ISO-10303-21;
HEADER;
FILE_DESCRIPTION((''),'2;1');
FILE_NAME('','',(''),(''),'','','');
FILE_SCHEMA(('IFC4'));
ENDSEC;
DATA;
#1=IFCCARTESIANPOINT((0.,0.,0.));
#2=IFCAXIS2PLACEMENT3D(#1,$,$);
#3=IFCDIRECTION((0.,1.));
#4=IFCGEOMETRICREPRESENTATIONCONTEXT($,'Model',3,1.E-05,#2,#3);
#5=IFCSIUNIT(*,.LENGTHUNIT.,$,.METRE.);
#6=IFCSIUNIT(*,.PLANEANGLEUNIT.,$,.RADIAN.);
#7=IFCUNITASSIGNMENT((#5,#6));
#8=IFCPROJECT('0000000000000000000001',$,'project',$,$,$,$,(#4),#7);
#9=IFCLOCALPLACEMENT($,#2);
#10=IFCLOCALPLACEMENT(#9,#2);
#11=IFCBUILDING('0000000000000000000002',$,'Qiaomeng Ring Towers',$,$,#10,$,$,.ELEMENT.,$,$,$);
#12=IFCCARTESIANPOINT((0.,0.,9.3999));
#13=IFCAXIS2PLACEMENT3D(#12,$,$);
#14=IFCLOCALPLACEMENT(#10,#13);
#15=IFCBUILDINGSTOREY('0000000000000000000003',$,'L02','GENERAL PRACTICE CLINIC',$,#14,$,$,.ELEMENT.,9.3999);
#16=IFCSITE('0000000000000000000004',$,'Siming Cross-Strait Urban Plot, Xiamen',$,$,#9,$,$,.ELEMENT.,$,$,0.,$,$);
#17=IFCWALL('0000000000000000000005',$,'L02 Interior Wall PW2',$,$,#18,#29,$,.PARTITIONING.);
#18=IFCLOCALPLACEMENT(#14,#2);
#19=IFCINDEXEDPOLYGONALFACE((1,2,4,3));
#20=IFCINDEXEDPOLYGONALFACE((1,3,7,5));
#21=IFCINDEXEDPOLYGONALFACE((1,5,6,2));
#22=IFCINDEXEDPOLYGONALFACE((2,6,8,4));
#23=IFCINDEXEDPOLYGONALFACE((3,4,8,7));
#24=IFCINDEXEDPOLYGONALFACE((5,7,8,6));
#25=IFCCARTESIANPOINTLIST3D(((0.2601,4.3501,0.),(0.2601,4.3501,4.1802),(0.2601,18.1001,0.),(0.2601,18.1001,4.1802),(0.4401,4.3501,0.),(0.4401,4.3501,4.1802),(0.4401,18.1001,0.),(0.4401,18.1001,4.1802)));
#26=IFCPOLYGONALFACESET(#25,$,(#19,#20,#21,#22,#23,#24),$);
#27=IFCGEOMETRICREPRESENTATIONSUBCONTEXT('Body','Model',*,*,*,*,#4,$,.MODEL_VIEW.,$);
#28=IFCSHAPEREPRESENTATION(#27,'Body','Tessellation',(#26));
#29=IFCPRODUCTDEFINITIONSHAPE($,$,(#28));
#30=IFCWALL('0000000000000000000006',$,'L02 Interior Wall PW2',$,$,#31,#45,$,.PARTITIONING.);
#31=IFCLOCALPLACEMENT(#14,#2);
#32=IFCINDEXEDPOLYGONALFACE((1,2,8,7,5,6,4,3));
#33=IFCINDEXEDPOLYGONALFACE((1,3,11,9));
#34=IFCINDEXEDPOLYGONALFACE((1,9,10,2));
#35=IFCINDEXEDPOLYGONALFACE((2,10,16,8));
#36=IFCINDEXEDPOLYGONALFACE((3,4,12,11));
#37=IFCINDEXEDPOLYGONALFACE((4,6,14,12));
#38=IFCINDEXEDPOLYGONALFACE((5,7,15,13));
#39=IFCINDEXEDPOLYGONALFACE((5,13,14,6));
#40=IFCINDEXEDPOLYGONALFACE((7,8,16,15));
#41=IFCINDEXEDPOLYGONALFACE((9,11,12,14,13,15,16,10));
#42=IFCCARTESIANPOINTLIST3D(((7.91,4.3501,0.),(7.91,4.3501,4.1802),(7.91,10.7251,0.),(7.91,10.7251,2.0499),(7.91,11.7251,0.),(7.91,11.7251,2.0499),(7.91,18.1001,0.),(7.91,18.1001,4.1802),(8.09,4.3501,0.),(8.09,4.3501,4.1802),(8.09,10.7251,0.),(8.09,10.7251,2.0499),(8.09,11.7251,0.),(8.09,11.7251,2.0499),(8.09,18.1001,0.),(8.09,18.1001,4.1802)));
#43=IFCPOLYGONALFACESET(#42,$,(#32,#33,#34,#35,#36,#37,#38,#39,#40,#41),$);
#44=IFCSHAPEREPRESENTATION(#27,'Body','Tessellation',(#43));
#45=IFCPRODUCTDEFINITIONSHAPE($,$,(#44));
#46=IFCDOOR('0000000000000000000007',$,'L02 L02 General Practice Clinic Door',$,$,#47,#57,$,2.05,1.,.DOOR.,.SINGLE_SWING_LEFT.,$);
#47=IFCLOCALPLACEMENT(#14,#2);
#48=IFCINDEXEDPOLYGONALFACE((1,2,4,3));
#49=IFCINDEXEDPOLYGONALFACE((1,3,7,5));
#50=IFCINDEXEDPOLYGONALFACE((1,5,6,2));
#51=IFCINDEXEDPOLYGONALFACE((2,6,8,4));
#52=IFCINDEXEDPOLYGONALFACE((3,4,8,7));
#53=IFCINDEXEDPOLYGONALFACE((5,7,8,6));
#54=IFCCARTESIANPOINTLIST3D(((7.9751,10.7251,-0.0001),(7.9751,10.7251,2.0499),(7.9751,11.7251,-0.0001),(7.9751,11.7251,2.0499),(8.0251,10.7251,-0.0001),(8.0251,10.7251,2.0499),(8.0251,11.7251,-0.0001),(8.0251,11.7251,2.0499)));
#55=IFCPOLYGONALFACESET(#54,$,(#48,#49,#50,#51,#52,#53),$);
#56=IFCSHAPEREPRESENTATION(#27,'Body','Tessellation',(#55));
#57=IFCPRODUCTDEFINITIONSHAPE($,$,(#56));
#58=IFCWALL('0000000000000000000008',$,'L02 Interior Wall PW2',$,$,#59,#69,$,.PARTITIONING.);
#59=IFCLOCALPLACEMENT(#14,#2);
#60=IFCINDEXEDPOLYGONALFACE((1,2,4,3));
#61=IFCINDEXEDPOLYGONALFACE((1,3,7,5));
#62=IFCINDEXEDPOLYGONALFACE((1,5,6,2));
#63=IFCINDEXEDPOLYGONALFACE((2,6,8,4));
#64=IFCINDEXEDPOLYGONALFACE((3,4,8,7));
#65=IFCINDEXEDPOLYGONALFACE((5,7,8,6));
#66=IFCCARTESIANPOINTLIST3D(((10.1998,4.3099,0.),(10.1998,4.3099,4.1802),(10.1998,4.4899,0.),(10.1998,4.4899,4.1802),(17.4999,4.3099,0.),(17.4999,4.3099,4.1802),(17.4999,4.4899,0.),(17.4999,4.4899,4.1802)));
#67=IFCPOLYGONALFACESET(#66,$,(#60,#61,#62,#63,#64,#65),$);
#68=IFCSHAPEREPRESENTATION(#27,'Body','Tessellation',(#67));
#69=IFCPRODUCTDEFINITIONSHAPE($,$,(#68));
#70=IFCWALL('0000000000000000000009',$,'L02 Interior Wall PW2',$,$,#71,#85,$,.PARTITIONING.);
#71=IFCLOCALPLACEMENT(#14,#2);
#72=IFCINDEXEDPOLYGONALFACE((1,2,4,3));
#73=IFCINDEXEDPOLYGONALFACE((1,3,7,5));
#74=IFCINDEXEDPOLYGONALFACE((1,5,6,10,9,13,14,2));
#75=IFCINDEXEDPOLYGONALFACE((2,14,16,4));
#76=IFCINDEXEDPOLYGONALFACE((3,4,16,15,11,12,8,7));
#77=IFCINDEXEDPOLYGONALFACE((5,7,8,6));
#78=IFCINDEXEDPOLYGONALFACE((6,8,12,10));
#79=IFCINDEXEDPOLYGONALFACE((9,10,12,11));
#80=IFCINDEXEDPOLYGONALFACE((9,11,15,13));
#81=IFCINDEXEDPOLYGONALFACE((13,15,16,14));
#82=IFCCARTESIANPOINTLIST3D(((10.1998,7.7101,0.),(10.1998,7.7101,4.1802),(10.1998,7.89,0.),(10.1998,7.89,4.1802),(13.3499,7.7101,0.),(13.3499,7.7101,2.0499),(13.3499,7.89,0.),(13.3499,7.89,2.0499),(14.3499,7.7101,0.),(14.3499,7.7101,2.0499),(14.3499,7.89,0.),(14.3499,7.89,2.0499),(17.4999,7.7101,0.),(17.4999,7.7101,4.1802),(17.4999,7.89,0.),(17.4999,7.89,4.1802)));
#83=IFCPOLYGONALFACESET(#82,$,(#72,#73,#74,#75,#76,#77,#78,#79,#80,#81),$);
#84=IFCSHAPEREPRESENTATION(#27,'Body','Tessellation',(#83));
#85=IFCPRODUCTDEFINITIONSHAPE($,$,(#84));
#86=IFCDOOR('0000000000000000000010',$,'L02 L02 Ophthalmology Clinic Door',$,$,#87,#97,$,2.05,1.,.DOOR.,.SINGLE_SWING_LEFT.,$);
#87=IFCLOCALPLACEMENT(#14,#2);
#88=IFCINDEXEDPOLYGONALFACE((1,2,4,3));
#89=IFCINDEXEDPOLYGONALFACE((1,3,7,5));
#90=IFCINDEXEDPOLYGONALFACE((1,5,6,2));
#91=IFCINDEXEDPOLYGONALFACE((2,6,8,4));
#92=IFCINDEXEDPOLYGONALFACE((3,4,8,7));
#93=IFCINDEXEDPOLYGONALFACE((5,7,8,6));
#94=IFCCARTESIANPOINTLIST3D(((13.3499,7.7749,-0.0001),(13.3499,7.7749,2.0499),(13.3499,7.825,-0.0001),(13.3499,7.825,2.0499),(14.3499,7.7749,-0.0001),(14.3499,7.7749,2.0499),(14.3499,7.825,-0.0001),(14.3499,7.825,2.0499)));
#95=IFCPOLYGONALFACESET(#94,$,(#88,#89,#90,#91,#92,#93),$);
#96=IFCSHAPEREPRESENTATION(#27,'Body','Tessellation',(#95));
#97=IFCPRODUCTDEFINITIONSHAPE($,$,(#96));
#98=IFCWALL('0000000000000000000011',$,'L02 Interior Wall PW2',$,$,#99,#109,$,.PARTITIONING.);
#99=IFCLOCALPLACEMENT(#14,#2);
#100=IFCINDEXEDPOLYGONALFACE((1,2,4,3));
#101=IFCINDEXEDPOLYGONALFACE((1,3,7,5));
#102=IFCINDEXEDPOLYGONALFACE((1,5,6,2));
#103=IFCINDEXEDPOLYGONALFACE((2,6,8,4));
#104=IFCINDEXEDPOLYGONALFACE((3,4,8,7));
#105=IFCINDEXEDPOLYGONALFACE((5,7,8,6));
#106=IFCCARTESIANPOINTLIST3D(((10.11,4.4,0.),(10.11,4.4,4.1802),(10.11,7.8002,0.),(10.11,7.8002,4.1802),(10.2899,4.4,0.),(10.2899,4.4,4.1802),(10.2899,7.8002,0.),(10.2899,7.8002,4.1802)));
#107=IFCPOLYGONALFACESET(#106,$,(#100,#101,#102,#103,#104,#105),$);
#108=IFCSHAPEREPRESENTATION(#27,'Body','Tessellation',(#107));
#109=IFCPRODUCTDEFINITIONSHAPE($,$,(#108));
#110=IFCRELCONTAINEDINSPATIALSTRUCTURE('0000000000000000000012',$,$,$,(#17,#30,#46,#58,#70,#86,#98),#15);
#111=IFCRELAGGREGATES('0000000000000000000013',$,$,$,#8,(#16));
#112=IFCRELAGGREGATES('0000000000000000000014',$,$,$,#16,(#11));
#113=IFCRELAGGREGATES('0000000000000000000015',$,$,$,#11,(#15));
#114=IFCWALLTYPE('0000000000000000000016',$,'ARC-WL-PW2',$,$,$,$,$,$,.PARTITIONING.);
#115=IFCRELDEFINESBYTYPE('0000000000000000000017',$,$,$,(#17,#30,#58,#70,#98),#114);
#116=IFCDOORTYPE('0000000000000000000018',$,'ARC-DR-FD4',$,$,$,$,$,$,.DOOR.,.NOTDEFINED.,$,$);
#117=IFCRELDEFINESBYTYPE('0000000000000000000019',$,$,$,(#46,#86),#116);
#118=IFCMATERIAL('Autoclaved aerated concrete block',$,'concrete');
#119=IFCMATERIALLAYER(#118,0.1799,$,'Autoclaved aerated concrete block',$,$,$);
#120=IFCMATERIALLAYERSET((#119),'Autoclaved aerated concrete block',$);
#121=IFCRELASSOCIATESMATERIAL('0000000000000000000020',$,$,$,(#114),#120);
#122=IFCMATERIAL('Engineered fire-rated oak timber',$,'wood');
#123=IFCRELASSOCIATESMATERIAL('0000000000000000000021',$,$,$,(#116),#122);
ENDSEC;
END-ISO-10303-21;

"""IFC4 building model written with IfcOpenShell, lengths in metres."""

from ifc_helpers import new_model, si_unit, direction, frame, frame_2d, origin, place, context, subcontext, project, spatial, rectangle, extrude, source, transform, mapped, material, layer, layer_set, type_object, element, fill, save


model = new_model("IFC4")

# Units and contexts
model_context = context("Model", 3, precision=1e-05, world=origin(), true_north=direction((0.0, 1.0)))
body_context = subcontext(model_context, "Body", "Model", "MODEL_VIEW")
ifc_project = project(units=[si_unit("LENGTHUNIT", "METRE"), si_unit("PLANEANGLEUNIT", "RADIAN")], contexts=[model_context])

# Site, building, storey
site_placement = place(None, origin())
site = spatial("IfcSite", under=ifc_project, at=site_placement, Name="Siming Cross-Strait Urban Plot, Xiamen", CompositionType="ELEMENT", RefElevation=0.0)
building_placement = place(site_placement, origin())
building = spatial("IfcBuilding", under=site, at=building_placement, Name="Qiaomeng Ring Towers", CompositionType="ELEMENT")
storey_placement = place(building_placement, frame((0.0, 0.0, 9.3999)))
storey = spatial("IfcBuildingStorey", under=building, at=storey_placement, Name="L02", Description="GENERAL PRACTICE CLINIC", CompositionType="ELEMENT", Elevation=9.3999)

# Wall
ifc_material_1 = material(Name="Autoclaved aerated concrete block", Category="concrete")
ifc_layer_1 = layer(ifc_material_1, 0.1799, Name="Autoclaved aerated concrete block")
ifc_layer_set_1 = layer_set([ifc_layer_1], Name="Autoclaved aerated concrete block")
wall_type_1 = type_object("IfcWallType", Name="ARC-WL-PW2", PredefinedType="PARTITIONING", material=ifc_layer_set_1)
wall_1_placement = place(storey_placement, frame((0.3501, 4.3501, 0.0), z_axis=(0.0, 0.0, 1.0), x_axis=(0.0, 1.0, 0.0)))
element("IfcWall", 1, at=wall_1_placement, inside=storey, type_object=wall_type_1, Name="L02 Interior Wall PW2", PredefinedType="PARTITIONING", context=body_context, shape_type="SweptSolid", body=[
    extrude(rectangle(XDim=13.75, YDim=0.1799, at=frame_2d((6.875, 0.0))), origin(), (0.0, 0.0, 1.0), 4.1802),
])

# Wall, opening, door
wall_2_placement = place(storey_placement, frame((8.0, 4.3501, 0.0), z_axis=(0.0, 0.0, 1.0), x_axis=(0.0, 1.0, 0.0)))
wall_2 = element("IfcWall", 2, at=wall_2_placement, inside=storey, type_object=wall_type_1, Name="L02 Interior Wall PW2", PredefinedType="PARTITIONING", context=body_context, shape_type="SweptSolid", body=[
    extrude(rectangle(XDim=13.75, YDim=0.1799, at=frame_2d((6.875, 0.0))), origin(), (0.0, 0.0, 1.0), 4.1802),
])
opening_1_placement = place(wall_2_placement, frame((6.375, 0.0, 0.0)))
opening_1 = element("IfcOpeningElement", 3, at=opening_1_placement, cuts=wall_2, PredefinedType="OPENING", context=body_context, shape_type="SweptSolid", body=[
    extrude(rectangle(XDim=1.0, YDim=2.05, at=frame_2d((0.5, 1.0249))), frame((0.0, 0.0999, 0.0), z_axis=(0.0, -1.0, 0.0), x_axis=(1.0, 0.0, 0.0)), (0.0, 0.0, 1.0), 0.2),
])
ifc_material_2 = material(Name="Engineered fire-rated oak timber", Category="wood")
door_type_1 = type_object("IfcDoorType", Name="ARC-DR-FD4", OperationType="NOTDEFINED", PredefinedType="DOOR", material=ifc_material_2)
shared_shape_1 = source(origin(), body_context, "Body", "SweptSolid", [
    extrude(rectangle(XDim=1.0, YDim=2.05, at=frame_2d((0.5, 1.0249))), frame((0.0, 0.0249, 0.0), z_axis=(0.0, -1.0, 0.0), x_axis=(1.0, 0.0, 0.0)), (0.0, 0.0, 1.0), 0.05),
])
door_1_placement = place(opening_1_placement, origin())
door_1 = element("IfcDoor", 4, at=door_1_placement, inside=storey, type_object=door_type_1, Name="L02 L02 General Practice Clinic Door", OperationType="SINGLE_SWING_LEFT", OverallHeight=2.05, OverallWidth=1.0, PredefinedType="DOOR", context=body_context, shape_type="MappedRepresentation", body=[
    mapped(shared_shape_1, transform((0.0, 0.0, 0.0), x_axis=(1.0, 0.0, 0.0), y_axis=(0.0, 1.0, 0.0), z_axis=(0.0, 0.0, 1.0), scale=1.0)),
])
fill(opening_1, door_1)

# Wall
wall_3_placement = place(storey_placement, frame((10.2, 4.3999, 0.0), z_axis=(0.0, 0.0, 1.0), x_axis=(1.0, 0.0, 0.0)))
element("IfcWall", 5, at=wall_3_placement, inside=storey, type_object=wall_type_1, Name="L02 Interior Wall PW2", PredefinedType="PARTITIONING", context=body_context, shape_type="SweptSolid", body=[
    extrude(rectangle(XDim=7.3, YDim=0.1799, at=frame_2d((3.6499, 0.0))), origin(), (0.0, 0.0, 1.0), 4.1802),
])

# Wall, opening, door
wall_4_placement = place(storey_placement, frame((10.2, 7.8, 0.0), z_axis=(0.0, 0.0, 1.0), x_axis=(1.0, 0.0, 0.0)))
wall_4 = element("IfcWall", 6, at=wall_4_placement, inside=storey, type_object=wall_type_1, Name="L02 Interior Wall PW2", PredefinedType="PARTITIONING", context=body_context, shape_type="SweptSolid", body=[
    extrude(rectangle(XDim=7.3, YDim=0.1799, at=frame_2d((3.6499, 0.0))), origin(), (0.0, 0.0, 1.0), 4.1802),
])
opening_2_placement = place(wall_4_placement, frame((3.1499, 0.0, 0.0)))
opening_2 = element("IfcOpeningElement", 7, at=opening_2_placement, cuts=wall_4, PredefinedType="OPENING", context=body_context, shape_type="SweptSolid", body=[
    extrude(rectangle(XDim=1.0, YDim=2.05, at=frame_2d((0.5, 1.0249))), frame((0.0, 0.0999, 0.0), z_axis=(0.0, -1.0, 0.0), x_axis=(1.0, 0.0, 0.0)), (0.0, 0.0, 1.0), 0.2),
])
door_2_placement = place(opening_2_placement, origin())
door_2 = element("IfcDoor", 8, at=door_2_placement, inside=storey, type_object=door_type_1, Name="L02 L02 Ophthalmology Clinic Door", OperationType="SINGLE_SWING_LEFT", OverallHeight=2.05, OverallWidth=1.0, PredefinedType="DOOR", context=body_context, shape_type="MappedRepresentation", body=[
    mapped(shared_shape_1, transform((0.0, 0.0, 0.0), x_axis=(1.0, 0.0, 0.0), y_axis=(0.0, 1.0, 0.0), z_axis=(0.0, 0.0, 1.0), scale=1.0)),
])
fill(opening_2, door_2)

# Wall
wall_5_placement = place(storey_placement, frame((10.2, 4.3999, 0.0), z_axis=(0.0, 0.0, 1.0), x_axis=(0.0, 1.0, 0.0)))
element("IfcWall", 9, at=wall_5_placement, inside=storey, type_object=wall_type_1, Name="L02 Interior Wall PW2", PredefinedType="PARTITIONING", context=body_context, shape_type="SweptSolid", body=[
    extrude(rectangle(XDim=3.4001, YDim=0.1799, at=frame_2d((1.7002, 0.0))), origin(), (0.0, 0.0, 1.0), 4.1802),
])

save(model, "model.ifc")
